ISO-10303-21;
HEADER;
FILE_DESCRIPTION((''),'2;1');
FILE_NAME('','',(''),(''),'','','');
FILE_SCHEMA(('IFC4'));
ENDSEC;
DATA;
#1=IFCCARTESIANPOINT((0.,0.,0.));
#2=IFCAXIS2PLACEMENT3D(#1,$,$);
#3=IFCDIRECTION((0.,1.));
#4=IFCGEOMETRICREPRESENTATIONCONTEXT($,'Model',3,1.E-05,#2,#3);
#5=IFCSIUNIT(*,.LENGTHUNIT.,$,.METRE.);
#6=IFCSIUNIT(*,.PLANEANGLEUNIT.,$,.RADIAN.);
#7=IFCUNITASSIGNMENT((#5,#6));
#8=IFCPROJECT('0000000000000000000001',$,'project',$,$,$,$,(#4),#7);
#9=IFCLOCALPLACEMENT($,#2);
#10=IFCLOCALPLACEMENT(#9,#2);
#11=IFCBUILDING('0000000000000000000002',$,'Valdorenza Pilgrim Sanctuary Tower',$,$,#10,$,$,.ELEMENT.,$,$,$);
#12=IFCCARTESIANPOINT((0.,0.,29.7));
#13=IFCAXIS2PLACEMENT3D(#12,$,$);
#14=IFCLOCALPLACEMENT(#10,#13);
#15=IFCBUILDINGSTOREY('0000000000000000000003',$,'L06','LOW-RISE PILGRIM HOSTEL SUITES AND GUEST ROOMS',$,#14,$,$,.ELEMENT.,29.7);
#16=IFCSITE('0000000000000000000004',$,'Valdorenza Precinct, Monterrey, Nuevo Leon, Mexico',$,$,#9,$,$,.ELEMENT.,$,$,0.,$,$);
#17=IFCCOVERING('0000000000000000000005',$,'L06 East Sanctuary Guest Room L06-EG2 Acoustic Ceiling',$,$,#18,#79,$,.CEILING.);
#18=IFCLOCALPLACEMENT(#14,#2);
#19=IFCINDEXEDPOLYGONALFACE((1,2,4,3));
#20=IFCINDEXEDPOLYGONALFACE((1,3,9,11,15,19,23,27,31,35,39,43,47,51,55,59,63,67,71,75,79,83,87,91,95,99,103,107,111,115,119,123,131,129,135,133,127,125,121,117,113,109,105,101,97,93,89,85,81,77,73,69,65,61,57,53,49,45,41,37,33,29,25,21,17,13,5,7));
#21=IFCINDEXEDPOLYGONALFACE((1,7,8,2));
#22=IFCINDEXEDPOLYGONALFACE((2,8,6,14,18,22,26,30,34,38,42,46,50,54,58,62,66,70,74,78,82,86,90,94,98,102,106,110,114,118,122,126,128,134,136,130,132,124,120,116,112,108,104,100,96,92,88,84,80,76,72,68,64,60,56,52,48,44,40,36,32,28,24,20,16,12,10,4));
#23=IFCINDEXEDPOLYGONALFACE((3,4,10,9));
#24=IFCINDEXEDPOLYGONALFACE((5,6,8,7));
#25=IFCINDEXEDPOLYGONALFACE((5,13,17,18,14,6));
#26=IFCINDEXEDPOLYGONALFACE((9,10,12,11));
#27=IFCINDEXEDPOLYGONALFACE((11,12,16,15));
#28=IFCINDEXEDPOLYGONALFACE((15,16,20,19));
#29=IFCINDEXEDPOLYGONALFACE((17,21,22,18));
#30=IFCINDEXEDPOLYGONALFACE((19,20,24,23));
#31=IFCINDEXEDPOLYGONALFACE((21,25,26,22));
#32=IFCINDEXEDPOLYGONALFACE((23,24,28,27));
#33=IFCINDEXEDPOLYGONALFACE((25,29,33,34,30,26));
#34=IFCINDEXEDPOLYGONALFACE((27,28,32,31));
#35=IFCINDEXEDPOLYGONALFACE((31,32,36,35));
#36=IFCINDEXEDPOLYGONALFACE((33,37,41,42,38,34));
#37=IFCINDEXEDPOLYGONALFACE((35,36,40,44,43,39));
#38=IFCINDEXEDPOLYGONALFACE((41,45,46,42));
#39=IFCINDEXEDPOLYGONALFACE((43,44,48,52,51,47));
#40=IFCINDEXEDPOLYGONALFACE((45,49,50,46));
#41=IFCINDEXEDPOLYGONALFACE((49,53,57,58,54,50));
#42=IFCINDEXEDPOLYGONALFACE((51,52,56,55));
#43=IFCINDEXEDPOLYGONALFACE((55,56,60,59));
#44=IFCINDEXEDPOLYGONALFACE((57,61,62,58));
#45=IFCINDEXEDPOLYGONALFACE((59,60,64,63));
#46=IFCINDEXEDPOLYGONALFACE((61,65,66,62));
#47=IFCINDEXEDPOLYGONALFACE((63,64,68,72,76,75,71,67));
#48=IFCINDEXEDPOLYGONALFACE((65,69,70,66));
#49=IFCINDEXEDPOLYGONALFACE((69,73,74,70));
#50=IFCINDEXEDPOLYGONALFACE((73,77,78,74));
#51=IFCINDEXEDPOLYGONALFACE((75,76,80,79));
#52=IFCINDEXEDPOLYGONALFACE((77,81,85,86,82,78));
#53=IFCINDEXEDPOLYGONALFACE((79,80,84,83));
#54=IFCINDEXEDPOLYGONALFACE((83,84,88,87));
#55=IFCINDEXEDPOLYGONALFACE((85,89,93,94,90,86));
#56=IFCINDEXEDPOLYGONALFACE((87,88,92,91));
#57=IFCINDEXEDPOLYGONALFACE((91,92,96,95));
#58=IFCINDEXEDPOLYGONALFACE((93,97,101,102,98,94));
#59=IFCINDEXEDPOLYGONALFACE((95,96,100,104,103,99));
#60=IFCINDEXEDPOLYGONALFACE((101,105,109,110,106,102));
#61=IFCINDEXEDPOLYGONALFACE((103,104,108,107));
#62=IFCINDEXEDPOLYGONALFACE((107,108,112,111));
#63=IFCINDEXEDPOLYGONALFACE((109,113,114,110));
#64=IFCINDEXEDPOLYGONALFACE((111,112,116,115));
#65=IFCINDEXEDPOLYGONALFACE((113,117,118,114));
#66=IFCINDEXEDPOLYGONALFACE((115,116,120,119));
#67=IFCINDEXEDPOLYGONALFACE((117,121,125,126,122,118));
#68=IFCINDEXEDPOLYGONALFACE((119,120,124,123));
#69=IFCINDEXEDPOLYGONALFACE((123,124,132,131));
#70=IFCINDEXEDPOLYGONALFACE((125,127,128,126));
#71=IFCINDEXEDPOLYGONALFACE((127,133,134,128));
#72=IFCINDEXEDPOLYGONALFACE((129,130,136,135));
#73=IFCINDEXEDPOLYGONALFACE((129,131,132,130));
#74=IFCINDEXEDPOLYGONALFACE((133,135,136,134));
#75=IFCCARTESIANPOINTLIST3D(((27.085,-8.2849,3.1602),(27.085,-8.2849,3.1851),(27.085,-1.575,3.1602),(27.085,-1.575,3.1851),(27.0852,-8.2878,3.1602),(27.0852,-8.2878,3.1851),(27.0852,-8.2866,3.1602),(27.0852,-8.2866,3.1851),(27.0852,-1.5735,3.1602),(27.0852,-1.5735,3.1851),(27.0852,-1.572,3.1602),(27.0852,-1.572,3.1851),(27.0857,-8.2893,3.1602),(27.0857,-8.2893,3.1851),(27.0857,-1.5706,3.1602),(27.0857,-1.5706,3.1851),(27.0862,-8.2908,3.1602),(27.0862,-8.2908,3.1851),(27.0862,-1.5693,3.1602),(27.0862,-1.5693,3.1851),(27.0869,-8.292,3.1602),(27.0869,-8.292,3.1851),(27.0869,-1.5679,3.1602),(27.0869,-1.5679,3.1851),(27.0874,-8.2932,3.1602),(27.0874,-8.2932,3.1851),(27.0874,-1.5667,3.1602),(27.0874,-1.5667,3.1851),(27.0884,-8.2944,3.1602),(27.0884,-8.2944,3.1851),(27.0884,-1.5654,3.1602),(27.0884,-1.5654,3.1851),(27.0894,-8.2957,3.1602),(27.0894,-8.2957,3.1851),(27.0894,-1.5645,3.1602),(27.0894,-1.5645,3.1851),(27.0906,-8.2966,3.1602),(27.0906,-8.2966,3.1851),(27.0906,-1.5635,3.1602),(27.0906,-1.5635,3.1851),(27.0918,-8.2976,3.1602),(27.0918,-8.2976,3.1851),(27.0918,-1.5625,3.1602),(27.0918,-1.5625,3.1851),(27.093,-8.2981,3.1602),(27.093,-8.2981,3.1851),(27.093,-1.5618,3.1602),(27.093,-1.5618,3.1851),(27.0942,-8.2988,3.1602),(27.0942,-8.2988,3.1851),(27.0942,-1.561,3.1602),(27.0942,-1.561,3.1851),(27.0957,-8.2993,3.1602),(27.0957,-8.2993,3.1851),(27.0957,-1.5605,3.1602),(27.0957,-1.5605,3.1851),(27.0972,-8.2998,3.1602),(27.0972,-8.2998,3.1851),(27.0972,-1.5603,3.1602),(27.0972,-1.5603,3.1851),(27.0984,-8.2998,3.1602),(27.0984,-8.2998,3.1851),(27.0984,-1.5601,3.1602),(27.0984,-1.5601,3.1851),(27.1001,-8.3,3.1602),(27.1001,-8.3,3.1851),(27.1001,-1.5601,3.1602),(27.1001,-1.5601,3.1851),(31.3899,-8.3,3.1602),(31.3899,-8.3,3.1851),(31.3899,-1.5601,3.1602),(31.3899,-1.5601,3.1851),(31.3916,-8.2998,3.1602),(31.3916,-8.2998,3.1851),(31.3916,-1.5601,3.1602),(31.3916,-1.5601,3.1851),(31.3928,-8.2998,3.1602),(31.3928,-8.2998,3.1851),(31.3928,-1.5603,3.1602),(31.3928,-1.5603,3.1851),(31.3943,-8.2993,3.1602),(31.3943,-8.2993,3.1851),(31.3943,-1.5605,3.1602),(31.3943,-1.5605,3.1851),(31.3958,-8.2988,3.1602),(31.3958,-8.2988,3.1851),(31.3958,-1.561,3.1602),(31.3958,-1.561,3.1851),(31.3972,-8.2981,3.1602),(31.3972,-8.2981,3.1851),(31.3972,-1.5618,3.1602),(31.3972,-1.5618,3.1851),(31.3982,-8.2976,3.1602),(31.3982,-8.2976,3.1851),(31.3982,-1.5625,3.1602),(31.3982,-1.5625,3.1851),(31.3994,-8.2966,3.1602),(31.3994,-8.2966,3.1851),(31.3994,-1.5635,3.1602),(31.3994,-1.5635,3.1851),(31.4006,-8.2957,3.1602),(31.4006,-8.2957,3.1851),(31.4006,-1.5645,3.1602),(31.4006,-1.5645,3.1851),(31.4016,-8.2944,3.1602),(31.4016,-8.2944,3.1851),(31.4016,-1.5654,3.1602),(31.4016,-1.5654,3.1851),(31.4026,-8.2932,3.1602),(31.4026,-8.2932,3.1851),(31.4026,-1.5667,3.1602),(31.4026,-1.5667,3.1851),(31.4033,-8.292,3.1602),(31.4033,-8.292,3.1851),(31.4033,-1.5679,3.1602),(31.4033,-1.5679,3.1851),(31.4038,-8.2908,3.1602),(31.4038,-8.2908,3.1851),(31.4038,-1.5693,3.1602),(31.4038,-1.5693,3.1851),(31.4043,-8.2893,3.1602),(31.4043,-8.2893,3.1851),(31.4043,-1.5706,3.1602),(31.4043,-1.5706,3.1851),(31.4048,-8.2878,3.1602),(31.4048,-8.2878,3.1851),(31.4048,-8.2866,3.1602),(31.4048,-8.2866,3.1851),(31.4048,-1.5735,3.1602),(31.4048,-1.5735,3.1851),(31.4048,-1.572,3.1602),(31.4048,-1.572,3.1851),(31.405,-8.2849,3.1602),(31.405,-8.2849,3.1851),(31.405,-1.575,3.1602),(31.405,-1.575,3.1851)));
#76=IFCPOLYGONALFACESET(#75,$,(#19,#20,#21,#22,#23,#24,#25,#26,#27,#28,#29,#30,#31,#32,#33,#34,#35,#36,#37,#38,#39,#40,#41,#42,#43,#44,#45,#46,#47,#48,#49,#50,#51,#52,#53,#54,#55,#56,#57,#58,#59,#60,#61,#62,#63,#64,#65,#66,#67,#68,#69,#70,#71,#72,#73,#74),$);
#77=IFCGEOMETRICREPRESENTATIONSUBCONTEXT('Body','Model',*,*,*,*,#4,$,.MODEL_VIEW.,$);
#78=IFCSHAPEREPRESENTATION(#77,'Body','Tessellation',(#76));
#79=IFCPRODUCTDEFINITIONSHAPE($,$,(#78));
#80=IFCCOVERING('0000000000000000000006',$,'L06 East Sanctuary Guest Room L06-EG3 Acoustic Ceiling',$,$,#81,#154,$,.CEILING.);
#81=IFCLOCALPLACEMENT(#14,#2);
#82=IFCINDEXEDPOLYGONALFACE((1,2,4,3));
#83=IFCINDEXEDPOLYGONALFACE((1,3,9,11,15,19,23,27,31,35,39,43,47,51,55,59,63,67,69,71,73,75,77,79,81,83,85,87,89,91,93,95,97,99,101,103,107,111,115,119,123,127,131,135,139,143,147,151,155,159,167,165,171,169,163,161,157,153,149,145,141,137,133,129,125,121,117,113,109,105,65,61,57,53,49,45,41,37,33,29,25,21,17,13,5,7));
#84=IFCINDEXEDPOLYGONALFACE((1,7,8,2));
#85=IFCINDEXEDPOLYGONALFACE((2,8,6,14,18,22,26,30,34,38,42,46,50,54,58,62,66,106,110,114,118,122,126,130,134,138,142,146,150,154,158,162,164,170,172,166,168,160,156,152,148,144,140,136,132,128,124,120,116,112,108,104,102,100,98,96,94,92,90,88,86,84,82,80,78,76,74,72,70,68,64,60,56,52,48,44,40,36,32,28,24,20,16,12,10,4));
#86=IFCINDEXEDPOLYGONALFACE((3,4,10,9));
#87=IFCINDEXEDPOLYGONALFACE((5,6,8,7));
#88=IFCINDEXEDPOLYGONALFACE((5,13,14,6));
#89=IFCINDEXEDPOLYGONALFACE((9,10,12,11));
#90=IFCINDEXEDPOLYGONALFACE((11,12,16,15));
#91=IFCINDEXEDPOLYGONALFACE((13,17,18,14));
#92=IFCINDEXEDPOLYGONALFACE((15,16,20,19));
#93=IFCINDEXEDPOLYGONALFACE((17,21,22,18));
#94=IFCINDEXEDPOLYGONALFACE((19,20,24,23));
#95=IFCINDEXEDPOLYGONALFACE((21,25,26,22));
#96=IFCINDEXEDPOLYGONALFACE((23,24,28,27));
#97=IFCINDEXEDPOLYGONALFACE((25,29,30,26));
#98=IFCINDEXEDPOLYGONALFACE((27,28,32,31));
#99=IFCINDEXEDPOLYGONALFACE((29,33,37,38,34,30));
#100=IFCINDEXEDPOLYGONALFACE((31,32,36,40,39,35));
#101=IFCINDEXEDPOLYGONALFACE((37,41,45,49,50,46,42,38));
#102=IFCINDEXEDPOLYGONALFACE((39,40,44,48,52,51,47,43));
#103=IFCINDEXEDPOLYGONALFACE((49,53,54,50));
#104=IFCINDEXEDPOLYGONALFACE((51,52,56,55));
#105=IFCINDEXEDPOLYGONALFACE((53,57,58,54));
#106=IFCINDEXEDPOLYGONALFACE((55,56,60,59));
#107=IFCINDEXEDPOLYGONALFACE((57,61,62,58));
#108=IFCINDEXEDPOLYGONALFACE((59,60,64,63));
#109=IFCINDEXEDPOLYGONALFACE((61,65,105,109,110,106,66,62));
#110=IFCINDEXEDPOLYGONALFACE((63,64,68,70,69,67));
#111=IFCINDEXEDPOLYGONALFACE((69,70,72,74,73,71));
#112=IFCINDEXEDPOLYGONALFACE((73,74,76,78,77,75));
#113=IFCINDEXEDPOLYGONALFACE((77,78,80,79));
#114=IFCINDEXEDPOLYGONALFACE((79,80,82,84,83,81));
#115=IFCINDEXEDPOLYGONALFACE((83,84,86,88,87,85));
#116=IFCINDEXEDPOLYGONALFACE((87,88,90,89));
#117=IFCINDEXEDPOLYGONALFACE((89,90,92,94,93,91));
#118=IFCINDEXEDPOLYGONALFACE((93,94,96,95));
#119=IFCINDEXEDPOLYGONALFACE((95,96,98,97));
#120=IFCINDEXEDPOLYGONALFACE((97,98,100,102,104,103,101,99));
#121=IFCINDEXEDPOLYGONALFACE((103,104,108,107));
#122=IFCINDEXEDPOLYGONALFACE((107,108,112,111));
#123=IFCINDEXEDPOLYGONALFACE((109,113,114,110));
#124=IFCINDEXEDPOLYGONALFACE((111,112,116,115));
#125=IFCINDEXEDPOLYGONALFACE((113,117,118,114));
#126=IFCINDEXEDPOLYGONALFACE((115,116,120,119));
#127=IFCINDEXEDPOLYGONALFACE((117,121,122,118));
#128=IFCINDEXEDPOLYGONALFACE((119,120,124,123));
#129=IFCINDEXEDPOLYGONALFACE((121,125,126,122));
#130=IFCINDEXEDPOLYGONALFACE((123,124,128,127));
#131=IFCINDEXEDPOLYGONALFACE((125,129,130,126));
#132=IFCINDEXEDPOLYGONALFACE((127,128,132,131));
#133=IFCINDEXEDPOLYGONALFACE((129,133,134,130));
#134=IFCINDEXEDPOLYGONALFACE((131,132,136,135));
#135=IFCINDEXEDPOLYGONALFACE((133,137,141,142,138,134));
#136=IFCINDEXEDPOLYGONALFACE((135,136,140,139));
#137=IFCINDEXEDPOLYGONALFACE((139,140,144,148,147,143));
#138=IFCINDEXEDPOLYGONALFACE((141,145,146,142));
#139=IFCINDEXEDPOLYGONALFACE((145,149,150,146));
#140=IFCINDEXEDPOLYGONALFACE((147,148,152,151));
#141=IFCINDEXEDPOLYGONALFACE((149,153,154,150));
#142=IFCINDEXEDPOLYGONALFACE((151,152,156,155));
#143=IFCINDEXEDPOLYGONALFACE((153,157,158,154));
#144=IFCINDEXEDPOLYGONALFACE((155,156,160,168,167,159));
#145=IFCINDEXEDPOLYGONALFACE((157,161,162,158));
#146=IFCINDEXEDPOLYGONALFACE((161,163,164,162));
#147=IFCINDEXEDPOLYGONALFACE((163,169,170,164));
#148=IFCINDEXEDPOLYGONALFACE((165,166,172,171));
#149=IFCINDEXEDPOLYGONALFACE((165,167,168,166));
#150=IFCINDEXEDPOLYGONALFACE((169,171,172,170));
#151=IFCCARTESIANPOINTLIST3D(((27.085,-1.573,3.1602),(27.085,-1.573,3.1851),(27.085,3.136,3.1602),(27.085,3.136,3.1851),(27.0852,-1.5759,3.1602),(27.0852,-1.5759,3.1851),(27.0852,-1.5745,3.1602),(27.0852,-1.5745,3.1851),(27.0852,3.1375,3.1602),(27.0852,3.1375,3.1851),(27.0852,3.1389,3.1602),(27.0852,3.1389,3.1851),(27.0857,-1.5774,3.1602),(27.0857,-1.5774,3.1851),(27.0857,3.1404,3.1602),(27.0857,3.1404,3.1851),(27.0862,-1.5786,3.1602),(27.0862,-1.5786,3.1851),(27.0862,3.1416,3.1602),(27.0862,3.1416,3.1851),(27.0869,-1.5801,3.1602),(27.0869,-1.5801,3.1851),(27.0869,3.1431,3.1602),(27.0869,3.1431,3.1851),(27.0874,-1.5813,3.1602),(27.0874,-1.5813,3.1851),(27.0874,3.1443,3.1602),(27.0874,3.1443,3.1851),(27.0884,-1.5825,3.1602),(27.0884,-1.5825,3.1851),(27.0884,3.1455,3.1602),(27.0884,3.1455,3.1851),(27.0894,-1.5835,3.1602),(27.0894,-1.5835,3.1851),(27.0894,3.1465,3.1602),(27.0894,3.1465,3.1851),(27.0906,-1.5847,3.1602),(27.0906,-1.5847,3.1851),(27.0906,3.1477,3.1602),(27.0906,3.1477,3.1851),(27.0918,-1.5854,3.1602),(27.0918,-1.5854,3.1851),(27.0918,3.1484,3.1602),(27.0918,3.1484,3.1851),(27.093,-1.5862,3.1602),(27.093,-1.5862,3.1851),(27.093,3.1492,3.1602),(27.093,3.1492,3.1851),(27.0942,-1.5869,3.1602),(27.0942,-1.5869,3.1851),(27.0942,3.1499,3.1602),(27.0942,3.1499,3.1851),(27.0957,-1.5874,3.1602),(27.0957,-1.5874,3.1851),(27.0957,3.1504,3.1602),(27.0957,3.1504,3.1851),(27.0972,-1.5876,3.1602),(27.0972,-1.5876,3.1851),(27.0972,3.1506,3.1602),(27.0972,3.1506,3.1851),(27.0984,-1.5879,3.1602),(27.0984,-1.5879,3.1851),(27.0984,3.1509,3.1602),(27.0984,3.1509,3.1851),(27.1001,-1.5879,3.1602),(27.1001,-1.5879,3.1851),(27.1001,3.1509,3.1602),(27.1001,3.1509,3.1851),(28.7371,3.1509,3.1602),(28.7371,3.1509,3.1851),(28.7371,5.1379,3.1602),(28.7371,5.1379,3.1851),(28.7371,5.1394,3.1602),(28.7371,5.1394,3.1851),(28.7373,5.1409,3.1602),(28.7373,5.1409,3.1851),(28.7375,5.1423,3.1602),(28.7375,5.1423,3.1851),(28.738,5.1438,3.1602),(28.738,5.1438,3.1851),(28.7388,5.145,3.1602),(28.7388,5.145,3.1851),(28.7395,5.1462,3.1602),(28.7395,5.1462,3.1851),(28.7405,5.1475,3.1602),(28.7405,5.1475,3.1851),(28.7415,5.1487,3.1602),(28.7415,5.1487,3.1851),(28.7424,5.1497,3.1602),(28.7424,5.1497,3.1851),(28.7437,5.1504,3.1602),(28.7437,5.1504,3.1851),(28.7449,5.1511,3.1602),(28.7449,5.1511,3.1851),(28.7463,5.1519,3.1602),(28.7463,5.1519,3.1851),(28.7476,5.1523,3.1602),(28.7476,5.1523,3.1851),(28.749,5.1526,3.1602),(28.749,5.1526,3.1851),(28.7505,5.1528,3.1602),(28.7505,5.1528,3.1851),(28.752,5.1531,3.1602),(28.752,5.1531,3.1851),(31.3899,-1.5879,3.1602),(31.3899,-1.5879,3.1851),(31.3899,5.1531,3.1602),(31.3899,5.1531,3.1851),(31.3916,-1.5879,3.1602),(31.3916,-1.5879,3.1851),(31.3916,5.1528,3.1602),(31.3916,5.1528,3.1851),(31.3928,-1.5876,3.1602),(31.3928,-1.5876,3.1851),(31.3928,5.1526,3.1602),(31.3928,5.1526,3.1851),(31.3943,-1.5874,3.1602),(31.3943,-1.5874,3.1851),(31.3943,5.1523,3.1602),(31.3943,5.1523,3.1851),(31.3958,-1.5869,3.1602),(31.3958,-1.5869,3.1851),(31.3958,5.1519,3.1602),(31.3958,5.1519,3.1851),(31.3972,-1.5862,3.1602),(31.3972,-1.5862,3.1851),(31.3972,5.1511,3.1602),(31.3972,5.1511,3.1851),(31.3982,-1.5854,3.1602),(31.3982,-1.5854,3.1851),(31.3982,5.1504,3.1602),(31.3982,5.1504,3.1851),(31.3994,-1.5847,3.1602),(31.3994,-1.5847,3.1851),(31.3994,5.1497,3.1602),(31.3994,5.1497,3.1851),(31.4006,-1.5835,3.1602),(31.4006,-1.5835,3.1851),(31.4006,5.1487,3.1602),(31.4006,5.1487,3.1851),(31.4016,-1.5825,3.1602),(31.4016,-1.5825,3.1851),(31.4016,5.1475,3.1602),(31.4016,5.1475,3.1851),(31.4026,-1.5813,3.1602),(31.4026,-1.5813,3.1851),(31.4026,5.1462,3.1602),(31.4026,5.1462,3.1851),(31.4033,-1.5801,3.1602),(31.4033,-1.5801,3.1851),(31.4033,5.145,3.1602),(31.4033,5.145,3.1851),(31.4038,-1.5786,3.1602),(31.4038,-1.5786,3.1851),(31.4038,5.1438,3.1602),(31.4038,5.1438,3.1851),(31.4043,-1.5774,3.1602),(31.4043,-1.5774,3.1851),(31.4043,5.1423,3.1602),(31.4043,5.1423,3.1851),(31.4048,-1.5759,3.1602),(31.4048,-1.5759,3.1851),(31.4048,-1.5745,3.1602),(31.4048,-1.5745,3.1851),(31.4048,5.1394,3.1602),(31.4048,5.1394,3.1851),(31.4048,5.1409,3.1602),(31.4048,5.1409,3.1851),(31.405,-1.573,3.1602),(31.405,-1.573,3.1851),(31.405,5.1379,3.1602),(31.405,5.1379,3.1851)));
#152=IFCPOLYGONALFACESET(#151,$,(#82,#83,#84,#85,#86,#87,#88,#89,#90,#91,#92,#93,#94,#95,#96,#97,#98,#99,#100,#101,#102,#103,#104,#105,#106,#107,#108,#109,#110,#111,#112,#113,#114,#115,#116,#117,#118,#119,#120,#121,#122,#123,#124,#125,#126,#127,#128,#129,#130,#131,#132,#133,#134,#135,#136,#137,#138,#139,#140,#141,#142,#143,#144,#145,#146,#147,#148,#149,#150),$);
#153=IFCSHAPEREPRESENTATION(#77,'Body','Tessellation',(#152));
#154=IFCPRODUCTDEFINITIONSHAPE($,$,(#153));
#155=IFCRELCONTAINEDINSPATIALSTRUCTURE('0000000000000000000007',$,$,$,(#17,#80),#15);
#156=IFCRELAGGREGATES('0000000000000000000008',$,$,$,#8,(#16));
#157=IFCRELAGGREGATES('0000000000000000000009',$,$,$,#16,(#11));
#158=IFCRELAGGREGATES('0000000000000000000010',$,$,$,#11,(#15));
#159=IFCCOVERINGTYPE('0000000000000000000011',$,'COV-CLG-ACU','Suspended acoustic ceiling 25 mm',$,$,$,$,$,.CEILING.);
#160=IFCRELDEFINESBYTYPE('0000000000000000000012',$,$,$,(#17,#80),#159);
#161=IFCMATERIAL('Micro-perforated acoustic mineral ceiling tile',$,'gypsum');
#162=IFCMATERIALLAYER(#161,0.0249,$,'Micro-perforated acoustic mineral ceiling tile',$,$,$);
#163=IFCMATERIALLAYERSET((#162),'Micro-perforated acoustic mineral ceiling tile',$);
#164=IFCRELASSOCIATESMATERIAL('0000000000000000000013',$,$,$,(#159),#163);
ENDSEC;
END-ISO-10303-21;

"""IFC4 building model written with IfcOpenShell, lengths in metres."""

from ifc_helpers import new_model, si_unit, direction, frame, origin, place, context, subcontext, project, spatial, polyline, outline, extrude, material, layer, layer_set, type_object, element, save


model = new_model("IFC4")

# Units and contexts
model_context = context("Model", 3, precision=1e-05, world=origin(), true_north=direction((0.0, 1.0)))
body_context = subcontext(model_context, "Body", "Model", "MODEL_VIEW")
ifc_project = project(units=[si_unit("LENGTHUNIT", "METRE"), si_unit("PLANEANGLEUNIT", "RADIAN")], contexts=[model_context])

# Site, building, storey
site_placement = place(None, origin())
site = spatial("IfcSite", under=ifc_project, at=site_placement, Name="Valdorenza Precinct, Monterrey, Nuevo Leon, Mexico", CompositionType="ELEMENT", RefElevation=0.0)
building_placement = place(site_placement, origin())
building = spatial("IfcBuilding", under=site, at=building_placement, Name="Valdorenza Pilgrim Sanctuary Tower", CompositionType="ELEMENT")
storey_placement = place(building_placement, frame((0.0, 0.0, 29.7)))
storey = spatial("IfcBuildingStorey", under=building, at=storey_placement, Name="L06", Description="LOW-RISE PILGRIM HOSTEL SUITES AND GUEST ROOMS", CompositionType="ELEMENT", Elevation=29.7)

# Coverings
ifc_material_1 = material(Name="Micro-perforated acoustic mineral ceiling tile", Category="gypsum")
ifc_layer_1 = layer(ifc_material_1, 0.0249, Name="Micro-perforated acoustic mineral ceiling tile")
ifc_layer_set_1 = layer_set([ifc_layer_1], Name="Micro-perforated acoustic mineral ceiling tile")
covering_type_1 = type_object("IfcCoveringType", Name="COV-CLG-ACU", Description="Suspended acoustic ceiling 25 mm", PredefinedType="CEILING", material=ifc_layer_set_1)
covering_1_placement = place(storey_placement, frame((0.0, 0.0, 3.1602)))
element("IfcCovering", 1, at=covering_1_placement, inside=storey, type_object=covering_type_1, Name="L06 East Sanctuary Guest Room L06-EG2 Acoustic Ceiling", PredefinedType="CEILING", context=body_context, shape_type="SweptSolid", body=[
    extrude(outline(polyline([(31.3899, -1.5601), (31.3916, -1.5601), (31.3928, -1.5603), (31.3943, -1.5605), (31.3958, -1.561), (31.3972, -1.5618), (31.3982, -1.5625), (31.3994, -1.5635), (31.4006, -1.5645), (31.4016, -1.5654), (31.4026, -1.5667), (31.4033, -1.5679), (31.4038, -1.5693), (31.4043, -1.5706), (31.4048, -1.572), (31.4048, -1.5735), (31.405, -1.575), (31.405, -8.2849), (31.4048, -8.2866), (31.4048, -8.2878), (31.4043, -8.2893), (31.4038, -8.2908), (31.4033, -8.292), (31.4026, -8.2932), (31.4016, -8.2944), (31.4006, -8.2957), (31.3994, -8.2966), (31.3982, -8.2976), (31.3972, -8.2981), (31.3958, -8.2988), (31.3943, -8.2993), (31.3928, -8.2998), (31.3916, -8.2998), (31.3899, -8.3), (27.1001, -8.3), (27.0984, -8.2998), (27.0972, -8.2998), (27.0957, -8.2993), (27.0942, -8.2988), (27.093, -8.2981), (27.0918, -8.2976), (27.0906, -8.2966), (27.0894, -8.2957), (27.0884, -8.2944), (27.0874, -8.2932), (27.0869, -8.292), (27.0862, -8.2908), (27.0857, -8.2893), (27.0852, -8.2878), (27.0852, -8.2866), (27.085, -8.2849), (27.085, -1.575), (27.0852, -1.5735), (27.0852, -1.572), (27.0857, -1.5706), (27.0862, -1.5693), (27.0869, -1.5679), (27.0874, -1.5667), (27.0884, -1.5654), (27.0894, -1.5645), (27.0906, -1.5635), (27.0918, -1.5625), (27.093, -1.5618), (27.0942, -1.561), (27.0957, -1.5605), (27.0972, -1.5603), (27.0984, -1.5601), (27.1001, -1.5601), (31.3899, -1.5601)])), origin(), (0.0, 0.0, 1.0), 0.0249),
])
covering_2_placement = place(storey_placement, frame((0.0, 0.0, 3.1602)))
element("IfcCovering", 2, at=covering_2_placement, inside=storey, type_object=covering_type_1, Name="L06 East Sanctuary Guest Room L06-EG3 Acoustic Ceiling", PredefinedType="CEILING", context=body_context, shape_type="SweptSolid", body=[
    extrude(outline(polyline([(27.085, 3.136), (27.0852, 3.1375), (27.0852, 3.1389), (27.0857, 3.1404), (27.0862, 3.1416), (27.0869, 3.1431), (27.0874, 3.1443), (27.0884, 3.1455), (27.0894, 3.1465), (27.0906, 3.1477), (27.0918, 3.1484), (27.093, 3.1492), (27.0942, 3.1499), (27.0957, 3.1504), (27.0972, 3.1506), (27.0984, 3.1509), (27.1001, 3.1509), (28.7371, 3.1509), (28.7371, 5.1379), (28.7371, 5.1394), (28.7373, 5.1409), (28.7375, 5.1423), (28.738, 5.1438), (28.7388, 5.145), (28.7395, 5.1462), (28.7405, 5.1475), (28.7415, 5.1487), (28.7424, 5.1497), (28.7437, 5.1504), (28.7449, 5.1511), (28.7463, 5.1519), (28.7476, 5.1523), (28.749, 5.1526), (28.7505, 5.1528), (28.752, 5.1531), (31.3899, 5.1531), (31.3916, 5.1528), (31.3928, 5.1526), (31.3943, 5.1523), (31.3958, 5.1519), (31.3972, 5.1511), (31.3982, 5.1504), (31.3994, 5.1497), (31.4006, 5.1487), (31.4016, 5.1475), (31.4026, 5.1462), (31.4033, 5.145), (31.4038, 5.1438), (31.4043, 5.1423), (31.4048, 5.1409), (31.4048, 5.1394), (31.405, 5.1379), (31.405, -1.573), (31.4048, -1.5745), (31.4048, -1.5759), (31.4043, -1.5774), (31.4038, -1.5786), (31.4033, -1.5801), (31.4026, -1.5813), (31.4016, -1.5825), (31.4006, -1.5835), (31.3994, -1.5847), (31.3982, -1.5854), (31.3972, -1.5862), (31.3958, -1.5869), (31.3943, -1.5874), (31.3928, -1.5876), (31.3916, -1.5879), (31.3899, -1.5879), (27.1001, -1.5879), (27.0984, -1.5879), (27.0972, -1.5876), (27.0957, -1.5874), (27.0942, -1.5869), (27.093, -1.5862), (27.0918, -1.5854), (27.0906, -1.5847), (27.0894, -1.5835), (27.0884, -1.5825), (27.0874, -1.5813), (27.0869, -1.5801), (27.0862, -1.5786), (27.0857, -1.5774), (27.0852, -1.5759), (27.0852, -1.5745), (27.085, -1.573), (27.085, 3.136)])), origin(), (0.0, 0.0, 1.0), 0.0249),
])

save(model, "model.ifc")
